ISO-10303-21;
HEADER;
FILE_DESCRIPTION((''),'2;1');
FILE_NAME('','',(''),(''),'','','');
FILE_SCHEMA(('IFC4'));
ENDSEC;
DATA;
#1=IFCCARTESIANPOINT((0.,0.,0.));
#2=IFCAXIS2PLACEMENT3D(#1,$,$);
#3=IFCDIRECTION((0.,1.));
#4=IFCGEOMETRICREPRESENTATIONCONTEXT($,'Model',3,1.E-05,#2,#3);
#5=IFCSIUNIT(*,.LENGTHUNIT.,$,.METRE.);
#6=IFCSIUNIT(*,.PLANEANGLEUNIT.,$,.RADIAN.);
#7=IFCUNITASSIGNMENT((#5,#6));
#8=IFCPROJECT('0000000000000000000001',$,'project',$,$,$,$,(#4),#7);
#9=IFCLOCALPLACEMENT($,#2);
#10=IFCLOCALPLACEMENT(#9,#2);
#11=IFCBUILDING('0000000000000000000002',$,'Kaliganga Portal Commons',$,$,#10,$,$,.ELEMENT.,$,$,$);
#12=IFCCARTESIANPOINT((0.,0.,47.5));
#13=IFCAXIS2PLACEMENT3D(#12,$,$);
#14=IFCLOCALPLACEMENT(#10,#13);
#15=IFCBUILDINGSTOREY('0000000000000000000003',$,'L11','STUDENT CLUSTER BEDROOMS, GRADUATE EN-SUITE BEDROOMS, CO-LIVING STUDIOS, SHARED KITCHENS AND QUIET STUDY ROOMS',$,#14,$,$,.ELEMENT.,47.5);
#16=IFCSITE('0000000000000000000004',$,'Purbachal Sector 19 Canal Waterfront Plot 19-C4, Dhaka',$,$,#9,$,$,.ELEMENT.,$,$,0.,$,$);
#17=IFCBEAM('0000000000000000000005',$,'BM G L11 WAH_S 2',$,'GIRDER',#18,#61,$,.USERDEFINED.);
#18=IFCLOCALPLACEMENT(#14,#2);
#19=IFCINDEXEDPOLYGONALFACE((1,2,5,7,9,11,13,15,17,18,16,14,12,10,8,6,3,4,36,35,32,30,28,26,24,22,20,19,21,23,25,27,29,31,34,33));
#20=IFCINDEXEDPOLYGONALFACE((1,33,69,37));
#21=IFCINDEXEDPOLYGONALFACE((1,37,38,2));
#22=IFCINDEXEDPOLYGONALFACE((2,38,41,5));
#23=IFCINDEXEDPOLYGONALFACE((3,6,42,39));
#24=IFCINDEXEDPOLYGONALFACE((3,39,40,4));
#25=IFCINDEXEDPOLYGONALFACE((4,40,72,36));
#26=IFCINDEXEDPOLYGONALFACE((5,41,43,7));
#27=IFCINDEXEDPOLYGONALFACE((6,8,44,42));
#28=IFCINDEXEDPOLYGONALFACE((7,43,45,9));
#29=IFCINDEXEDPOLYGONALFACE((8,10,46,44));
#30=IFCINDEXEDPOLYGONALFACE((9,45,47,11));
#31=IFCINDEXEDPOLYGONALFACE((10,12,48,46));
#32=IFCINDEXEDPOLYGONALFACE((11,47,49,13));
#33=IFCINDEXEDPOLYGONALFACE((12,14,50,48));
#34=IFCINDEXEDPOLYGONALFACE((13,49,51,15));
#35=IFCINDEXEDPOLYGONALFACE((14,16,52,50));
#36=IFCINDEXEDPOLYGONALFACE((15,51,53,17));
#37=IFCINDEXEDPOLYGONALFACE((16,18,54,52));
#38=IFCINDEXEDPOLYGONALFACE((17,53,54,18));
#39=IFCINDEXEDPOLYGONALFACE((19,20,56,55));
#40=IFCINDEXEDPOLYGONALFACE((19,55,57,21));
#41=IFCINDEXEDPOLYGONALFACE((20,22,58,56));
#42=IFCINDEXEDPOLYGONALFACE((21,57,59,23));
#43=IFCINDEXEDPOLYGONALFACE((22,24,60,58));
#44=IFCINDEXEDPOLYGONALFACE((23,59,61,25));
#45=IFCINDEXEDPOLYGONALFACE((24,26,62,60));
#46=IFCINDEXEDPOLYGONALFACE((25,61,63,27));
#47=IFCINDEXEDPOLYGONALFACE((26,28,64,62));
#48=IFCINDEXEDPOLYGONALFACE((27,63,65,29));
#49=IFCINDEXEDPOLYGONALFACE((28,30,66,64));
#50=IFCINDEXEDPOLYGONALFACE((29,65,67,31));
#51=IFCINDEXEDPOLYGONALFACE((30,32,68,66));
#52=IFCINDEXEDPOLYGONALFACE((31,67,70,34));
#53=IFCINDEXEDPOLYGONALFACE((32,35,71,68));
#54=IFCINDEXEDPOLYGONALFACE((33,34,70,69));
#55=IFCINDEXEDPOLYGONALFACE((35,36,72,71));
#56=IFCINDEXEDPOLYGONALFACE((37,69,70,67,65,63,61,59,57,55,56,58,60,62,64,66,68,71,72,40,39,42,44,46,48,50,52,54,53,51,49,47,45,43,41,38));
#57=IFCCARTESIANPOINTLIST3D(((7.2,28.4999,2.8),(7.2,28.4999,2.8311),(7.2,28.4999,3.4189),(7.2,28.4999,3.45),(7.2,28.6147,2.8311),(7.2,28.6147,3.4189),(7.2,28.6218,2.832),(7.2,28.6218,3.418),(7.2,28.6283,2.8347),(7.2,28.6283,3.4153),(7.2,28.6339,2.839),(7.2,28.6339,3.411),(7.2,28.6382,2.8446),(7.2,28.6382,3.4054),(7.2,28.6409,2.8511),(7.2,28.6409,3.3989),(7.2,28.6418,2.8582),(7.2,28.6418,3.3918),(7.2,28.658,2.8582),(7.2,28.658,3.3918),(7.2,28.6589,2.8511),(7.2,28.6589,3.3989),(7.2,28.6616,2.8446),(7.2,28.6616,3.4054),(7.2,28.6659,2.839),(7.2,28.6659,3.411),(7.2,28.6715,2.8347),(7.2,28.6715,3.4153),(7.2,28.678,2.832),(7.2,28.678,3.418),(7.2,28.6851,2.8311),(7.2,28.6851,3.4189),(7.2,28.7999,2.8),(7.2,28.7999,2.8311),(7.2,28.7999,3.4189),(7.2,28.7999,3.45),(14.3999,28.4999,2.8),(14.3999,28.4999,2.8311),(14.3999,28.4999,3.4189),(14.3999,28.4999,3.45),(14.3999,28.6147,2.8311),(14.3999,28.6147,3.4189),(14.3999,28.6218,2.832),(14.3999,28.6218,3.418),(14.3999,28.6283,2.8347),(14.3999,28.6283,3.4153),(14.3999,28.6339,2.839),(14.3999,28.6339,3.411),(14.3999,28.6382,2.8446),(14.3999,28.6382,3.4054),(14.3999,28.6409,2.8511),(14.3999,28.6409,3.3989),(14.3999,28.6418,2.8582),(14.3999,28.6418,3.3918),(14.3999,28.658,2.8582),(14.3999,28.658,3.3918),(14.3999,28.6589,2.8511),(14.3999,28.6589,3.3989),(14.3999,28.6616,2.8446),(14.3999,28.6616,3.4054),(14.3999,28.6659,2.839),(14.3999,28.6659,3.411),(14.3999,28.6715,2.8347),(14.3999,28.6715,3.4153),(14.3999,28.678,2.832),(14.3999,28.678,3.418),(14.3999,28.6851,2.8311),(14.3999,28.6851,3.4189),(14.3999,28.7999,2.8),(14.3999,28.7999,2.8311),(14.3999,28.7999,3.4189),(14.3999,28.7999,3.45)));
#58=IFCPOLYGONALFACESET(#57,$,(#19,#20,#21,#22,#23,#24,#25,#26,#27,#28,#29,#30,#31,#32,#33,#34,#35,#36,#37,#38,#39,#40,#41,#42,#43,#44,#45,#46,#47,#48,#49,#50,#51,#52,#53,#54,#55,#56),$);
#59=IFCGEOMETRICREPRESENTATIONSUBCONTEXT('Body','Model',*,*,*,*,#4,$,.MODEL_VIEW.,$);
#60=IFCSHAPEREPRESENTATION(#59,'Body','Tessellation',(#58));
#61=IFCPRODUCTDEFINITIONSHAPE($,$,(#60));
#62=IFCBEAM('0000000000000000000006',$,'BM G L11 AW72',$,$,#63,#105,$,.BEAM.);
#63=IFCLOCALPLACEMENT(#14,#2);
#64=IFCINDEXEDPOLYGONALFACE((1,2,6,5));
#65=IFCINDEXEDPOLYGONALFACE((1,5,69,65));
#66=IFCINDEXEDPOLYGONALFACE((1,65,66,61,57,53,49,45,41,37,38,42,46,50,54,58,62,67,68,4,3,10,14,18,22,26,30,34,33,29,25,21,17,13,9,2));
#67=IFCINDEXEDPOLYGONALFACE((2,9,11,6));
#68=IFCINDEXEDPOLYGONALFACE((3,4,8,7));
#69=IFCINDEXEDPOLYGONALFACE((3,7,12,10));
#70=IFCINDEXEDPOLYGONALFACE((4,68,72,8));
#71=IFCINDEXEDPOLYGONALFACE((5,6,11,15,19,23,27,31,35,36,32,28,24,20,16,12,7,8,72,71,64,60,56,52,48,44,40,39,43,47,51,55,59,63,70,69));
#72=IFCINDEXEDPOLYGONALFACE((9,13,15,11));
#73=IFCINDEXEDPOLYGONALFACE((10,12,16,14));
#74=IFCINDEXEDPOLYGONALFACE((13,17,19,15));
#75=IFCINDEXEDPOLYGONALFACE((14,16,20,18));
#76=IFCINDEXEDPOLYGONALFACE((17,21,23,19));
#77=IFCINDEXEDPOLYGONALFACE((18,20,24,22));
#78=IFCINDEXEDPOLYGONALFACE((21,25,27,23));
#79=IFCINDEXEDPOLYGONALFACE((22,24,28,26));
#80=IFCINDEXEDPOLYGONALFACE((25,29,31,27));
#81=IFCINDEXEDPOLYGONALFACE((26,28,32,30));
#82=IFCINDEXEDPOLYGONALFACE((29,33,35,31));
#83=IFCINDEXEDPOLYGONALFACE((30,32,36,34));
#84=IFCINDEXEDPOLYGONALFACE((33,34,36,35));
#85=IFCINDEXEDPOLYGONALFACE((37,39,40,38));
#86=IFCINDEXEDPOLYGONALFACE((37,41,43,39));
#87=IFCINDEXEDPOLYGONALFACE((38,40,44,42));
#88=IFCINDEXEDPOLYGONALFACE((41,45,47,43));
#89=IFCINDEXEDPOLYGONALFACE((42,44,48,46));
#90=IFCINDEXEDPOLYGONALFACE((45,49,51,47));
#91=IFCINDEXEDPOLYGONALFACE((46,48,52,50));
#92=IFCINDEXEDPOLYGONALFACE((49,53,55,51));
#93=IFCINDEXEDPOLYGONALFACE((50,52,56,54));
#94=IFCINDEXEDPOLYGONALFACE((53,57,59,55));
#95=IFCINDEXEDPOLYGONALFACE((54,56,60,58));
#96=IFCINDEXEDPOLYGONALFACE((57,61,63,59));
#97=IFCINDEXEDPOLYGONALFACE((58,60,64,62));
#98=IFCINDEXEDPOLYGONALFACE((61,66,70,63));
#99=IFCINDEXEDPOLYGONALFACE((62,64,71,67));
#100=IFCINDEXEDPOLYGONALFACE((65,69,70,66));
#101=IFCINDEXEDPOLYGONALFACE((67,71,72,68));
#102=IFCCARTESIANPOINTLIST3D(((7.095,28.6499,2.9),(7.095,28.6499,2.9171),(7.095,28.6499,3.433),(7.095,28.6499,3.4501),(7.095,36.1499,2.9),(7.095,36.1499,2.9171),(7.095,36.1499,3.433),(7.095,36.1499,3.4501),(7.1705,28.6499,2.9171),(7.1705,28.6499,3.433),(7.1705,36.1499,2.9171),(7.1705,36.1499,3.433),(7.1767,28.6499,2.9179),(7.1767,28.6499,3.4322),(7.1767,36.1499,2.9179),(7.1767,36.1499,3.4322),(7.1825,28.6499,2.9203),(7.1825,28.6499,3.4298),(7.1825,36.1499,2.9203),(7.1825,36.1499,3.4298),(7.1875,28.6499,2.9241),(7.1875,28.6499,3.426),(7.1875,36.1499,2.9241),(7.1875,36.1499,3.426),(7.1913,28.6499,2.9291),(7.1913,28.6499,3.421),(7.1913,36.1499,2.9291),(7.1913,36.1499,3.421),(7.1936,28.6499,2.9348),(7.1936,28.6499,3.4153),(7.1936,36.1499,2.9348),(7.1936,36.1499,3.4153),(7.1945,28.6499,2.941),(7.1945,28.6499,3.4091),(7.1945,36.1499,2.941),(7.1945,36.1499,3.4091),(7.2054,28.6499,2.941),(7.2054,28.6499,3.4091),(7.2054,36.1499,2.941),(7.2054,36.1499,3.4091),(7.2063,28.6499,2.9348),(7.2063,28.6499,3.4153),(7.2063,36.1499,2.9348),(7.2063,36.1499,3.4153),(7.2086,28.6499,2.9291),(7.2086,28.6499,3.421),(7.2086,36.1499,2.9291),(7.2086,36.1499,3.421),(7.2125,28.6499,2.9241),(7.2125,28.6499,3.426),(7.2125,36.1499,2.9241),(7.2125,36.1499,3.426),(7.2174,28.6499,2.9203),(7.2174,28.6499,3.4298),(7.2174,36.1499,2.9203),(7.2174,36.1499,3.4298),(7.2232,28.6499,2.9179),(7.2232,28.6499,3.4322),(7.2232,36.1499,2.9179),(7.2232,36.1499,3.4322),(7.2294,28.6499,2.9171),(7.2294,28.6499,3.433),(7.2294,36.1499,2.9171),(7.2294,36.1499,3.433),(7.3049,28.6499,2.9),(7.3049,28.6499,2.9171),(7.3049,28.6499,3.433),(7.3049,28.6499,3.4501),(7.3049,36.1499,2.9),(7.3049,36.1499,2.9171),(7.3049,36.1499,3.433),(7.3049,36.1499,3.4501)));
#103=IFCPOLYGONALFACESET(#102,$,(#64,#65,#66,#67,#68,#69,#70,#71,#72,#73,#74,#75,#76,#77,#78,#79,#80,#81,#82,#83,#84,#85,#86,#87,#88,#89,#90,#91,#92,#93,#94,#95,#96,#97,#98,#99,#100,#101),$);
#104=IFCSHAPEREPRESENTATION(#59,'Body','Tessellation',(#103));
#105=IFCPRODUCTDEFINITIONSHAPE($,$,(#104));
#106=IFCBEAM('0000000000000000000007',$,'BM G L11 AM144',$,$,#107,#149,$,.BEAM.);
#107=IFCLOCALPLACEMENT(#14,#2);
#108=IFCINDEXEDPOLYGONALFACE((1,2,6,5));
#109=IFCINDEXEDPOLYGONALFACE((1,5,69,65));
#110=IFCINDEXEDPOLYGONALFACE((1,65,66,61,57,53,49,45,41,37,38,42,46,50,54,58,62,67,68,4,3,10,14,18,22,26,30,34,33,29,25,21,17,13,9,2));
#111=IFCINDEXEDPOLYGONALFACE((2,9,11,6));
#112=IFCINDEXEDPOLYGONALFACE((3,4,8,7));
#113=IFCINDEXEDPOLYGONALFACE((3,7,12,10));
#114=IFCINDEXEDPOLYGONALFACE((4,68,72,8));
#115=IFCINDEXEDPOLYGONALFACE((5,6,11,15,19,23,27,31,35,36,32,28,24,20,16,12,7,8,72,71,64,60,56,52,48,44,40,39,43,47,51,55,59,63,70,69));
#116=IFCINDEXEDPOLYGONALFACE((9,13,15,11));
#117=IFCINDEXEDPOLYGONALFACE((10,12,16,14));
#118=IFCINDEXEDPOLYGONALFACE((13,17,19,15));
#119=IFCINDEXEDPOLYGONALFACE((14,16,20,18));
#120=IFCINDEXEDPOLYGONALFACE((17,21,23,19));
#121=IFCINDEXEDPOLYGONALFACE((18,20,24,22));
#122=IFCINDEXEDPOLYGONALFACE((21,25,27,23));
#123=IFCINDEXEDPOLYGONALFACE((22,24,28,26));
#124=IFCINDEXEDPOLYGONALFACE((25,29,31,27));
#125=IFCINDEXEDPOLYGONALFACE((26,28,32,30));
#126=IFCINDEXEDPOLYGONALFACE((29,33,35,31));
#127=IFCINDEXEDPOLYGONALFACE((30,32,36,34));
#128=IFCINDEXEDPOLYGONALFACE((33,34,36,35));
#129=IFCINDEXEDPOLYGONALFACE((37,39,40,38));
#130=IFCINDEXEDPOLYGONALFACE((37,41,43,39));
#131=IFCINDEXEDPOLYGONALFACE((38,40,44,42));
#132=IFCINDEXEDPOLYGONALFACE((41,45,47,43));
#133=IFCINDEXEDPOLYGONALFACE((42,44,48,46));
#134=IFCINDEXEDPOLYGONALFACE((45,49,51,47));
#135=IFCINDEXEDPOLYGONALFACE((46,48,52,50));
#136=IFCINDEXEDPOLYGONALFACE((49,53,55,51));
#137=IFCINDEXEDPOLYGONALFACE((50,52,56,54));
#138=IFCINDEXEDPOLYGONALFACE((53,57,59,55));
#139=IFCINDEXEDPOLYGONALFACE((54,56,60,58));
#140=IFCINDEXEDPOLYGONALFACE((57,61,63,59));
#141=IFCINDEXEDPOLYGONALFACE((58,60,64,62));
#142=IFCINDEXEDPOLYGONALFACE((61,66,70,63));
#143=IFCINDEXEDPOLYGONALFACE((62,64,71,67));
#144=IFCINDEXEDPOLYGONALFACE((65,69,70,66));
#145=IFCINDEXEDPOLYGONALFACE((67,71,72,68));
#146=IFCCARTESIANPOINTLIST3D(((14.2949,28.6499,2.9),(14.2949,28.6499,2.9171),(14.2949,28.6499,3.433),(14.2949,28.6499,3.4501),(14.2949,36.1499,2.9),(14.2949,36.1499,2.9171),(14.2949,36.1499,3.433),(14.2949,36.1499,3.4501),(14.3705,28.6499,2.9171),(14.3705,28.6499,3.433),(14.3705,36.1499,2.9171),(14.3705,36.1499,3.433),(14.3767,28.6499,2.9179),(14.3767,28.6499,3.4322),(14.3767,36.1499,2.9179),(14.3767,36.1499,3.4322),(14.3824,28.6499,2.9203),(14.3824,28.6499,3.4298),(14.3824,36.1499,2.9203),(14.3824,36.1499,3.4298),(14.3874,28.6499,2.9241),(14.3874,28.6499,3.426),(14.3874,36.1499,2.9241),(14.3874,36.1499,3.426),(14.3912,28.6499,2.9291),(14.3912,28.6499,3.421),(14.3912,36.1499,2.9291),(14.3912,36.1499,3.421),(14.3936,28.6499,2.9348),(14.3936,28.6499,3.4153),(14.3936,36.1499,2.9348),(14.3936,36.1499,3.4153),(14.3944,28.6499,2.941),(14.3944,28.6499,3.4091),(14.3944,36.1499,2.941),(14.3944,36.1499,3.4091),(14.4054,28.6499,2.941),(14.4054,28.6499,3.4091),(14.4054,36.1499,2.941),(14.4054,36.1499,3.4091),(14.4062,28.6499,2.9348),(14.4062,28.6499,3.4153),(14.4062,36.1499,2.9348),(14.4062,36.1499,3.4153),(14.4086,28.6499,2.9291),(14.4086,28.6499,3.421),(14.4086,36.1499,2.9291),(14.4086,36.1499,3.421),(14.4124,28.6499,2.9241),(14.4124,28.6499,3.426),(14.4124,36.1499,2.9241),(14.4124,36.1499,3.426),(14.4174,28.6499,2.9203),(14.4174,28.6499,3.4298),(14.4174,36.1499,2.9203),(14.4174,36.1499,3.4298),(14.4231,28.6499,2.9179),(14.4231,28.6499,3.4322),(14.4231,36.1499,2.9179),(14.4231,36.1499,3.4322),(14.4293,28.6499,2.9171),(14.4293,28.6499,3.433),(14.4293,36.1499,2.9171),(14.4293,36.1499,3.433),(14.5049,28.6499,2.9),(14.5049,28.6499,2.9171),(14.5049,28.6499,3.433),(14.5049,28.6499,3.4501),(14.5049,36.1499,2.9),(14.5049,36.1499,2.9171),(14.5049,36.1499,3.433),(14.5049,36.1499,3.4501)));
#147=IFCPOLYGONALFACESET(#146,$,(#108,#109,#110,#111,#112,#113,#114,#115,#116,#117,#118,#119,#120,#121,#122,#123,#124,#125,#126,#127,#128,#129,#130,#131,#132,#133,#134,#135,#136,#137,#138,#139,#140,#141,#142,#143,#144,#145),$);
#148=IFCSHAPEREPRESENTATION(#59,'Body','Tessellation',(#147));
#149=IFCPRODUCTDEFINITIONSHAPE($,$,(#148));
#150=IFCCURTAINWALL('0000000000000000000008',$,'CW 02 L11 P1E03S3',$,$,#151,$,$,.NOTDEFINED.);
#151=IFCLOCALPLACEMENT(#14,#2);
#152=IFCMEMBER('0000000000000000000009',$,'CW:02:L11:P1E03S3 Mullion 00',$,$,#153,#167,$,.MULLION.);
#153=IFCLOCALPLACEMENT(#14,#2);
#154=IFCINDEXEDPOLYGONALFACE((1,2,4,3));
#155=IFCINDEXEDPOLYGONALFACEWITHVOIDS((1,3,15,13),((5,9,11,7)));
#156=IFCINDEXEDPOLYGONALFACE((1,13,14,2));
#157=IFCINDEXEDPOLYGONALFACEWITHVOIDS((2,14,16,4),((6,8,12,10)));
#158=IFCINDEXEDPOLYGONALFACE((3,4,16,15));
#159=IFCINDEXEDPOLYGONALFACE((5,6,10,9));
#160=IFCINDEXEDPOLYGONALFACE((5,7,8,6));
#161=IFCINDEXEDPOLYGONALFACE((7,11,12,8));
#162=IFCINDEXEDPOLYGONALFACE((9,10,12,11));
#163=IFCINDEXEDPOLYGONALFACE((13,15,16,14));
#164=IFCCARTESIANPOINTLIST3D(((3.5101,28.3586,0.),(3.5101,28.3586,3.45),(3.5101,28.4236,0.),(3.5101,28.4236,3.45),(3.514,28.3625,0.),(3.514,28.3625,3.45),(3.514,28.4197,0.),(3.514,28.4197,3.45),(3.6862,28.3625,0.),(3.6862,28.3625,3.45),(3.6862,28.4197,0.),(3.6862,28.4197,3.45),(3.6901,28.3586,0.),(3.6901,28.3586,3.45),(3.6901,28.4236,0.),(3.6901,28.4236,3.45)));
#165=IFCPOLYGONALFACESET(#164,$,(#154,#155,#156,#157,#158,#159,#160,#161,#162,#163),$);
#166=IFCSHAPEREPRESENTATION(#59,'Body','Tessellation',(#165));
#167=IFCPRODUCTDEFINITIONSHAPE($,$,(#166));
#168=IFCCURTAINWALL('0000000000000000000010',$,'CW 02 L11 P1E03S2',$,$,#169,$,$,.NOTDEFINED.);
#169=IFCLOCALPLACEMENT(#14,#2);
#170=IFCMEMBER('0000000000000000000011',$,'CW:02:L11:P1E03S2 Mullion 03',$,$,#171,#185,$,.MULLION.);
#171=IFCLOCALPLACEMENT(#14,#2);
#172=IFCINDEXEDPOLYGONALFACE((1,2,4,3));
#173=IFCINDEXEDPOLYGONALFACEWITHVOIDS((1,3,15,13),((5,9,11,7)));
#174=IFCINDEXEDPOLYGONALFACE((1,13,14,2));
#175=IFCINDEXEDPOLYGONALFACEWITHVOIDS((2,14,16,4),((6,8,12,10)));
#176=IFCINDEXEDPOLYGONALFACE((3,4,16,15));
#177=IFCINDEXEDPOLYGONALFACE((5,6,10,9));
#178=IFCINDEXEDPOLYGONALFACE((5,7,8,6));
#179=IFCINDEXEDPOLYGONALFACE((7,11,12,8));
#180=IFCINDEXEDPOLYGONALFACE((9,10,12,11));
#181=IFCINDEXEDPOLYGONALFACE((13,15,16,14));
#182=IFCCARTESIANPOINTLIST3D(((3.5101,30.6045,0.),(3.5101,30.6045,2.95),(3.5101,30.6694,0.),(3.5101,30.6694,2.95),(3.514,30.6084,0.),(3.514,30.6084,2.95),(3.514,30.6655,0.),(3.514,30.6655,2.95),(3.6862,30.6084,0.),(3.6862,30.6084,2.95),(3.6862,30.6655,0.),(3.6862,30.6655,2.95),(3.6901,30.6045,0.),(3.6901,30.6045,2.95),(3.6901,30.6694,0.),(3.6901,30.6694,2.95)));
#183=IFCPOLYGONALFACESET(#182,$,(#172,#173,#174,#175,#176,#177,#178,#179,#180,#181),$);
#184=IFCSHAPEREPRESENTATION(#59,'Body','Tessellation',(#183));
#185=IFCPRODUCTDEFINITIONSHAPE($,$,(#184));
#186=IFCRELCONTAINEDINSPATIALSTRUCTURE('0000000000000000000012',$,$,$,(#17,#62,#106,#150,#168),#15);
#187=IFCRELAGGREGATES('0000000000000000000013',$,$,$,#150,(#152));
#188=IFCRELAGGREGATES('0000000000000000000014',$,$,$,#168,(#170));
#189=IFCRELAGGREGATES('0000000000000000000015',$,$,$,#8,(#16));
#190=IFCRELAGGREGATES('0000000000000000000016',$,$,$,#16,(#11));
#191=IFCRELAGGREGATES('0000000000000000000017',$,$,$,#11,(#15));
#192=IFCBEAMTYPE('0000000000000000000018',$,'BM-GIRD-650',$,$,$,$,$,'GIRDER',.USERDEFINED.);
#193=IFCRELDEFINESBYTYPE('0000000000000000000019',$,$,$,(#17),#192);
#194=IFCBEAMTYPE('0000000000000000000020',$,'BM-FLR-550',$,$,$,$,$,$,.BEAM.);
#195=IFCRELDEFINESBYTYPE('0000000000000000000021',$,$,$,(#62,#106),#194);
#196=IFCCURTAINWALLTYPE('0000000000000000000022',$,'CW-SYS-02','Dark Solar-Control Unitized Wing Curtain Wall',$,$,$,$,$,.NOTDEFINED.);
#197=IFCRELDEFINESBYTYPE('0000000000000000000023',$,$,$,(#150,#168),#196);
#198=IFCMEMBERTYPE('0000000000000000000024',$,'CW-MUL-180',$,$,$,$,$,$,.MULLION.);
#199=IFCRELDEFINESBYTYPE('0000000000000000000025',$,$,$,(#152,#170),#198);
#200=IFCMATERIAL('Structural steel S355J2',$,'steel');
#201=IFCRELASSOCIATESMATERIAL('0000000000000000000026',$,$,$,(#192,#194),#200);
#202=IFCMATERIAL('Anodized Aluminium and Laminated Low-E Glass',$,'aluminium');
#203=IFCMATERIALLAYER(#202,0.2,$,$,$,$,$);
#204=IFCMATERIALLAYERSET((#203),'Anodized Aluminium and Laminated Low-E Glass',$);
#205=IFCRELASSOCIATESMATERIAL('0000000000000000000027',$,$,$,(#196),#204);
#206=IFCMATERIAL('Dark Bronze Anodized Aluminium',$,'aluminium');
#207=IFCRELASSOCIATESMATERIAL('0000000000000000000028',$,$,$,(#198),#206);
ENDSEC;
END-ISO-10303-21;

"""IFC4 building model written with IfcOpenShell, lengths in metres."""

from ifc_helpers import new_model, si_unit, direction, frame, origin, origin_2d, place, context, subcontext, project, spatial, hollow_rectangle, i_section, extrude, source, transform, mapped, material, layer, layer_set, material_profile, profile_set, type_object, element, aggregate, save


model = new_model("IFC4")

# Units and contexts
model_context = context("Model", 3, precision=1e-05, world=origin(), true_north=direction((0.0, 1.0)))
body_context = subcontext(model_context, "Body", "Model", "MODEL_VIEW")
ifc_project = project(units=[si_unit("LENGTHUNIT", "METRE"), si_unit("PLANEANGLEUNIT", "RADIAN")], contexts=[model_context])

# Site, building, storey
site_placement = place(None, origin())
site = spatial("IfcSite", under=ifc_project, at=site_placement, Name="Purbachal Sector 19 Canal Waterfront Plot 19-C4, Dhaka", CompositionType="ELEMENT", RefElevation=0.0)
building_placement = place(site_placement, origin())
building = spatial("IfcBuilding", under=site, at=building_placement, Name="Kaliganga Portal Commons", CompositionType="ELEMENT")
storey_placement = place(building_placement, frame((0.0, 0.0, 47.5)))
storey = spatial("IfcBuildingStorey", under=building, at=storey_placement, Name="L11", Description="STUDENT CLUSTER BEDROOMS, GRADUATE EN-SUITE BEDROOMS, CO-LIVING STUDIOS, SHARED KITCHENS AND QUIET STUDY ROOMS", CompositionType="ELEMENT", Elevation=47.5)

# Beams
ifc_material_1 = material(Name="Structural steel S355J2", Category="steel")
ifc_material_profile_1 = material_profile(ifc_material_1, i_section(OverallWidth=0.3, OverallDepth=0.6499, WebThickness=0.0161, FlangeThickness=0.031, FilletRadius=0.0271, at=origin_2d()), Name="HE 650 B")
ifc_profile_set_1 = profile_set([ifc_material_profile_1], Name="Structural steel S355J2 wide-flange")
beam_type_1 = type_object("IfcBeamType", Name="BM-GIRD-650", ElementType="GIRDER", PredefinedType="USERDEFINED", material=ifc_profile_set_1)
shared_shape_1 = source(origin(), body_context, "Body", "SweptSolid", [
    extrude(i_section(OverallWidth=0.3, OverallDepth=0.6499, WebThickness=0.0161, FlangeThickness=0.031, FilletRadius=0.0271, at=origin_2d()), origin(), (0.0, 0.0, 1.0), 7.2),
])
beam_1_placement = place(storey_placement, frame((7.2, 28.6499, 3.125), z_axis=(1.0, 0.0, 0.0), x_axis=(0.0, 1.0, 0.0)))
element("IfcBeam", 1, at=beam_1_placement, inside=storey, type_object=beam_type_1, Name="BM G L11 WAH_S 2", ObjectType="GIRDER", PredefinedType="USERDEFINED", context=body_context, shape_type="MappedRepresentation", body=[
    mapped(shared_shape_1, transform((0.0, 0.0, 0.0), x_axis=(1.0, 0.0, 0.0), y_axis=(0.0, 1.0, 0.0), z_axis=(0.0, 0.0, 1.0), scale=1.0)),
])
ifc_material_profile_2 = material_profile(ifc_material_1, i_section(OverallWidth=0.21, OverallDepth=0.55, WebThickness=0.011, FlangeThickness=0.0171, FilletRadius=0.0239, at=origin_2d()), Name="IPE 550")
ifc_profile_set_2 = profile_set([ifc_material_profile_2], Name="Structural steel S355J2 wide-flange")
beam_type_2 = type_object("IfcBeamType", Name="BM-FLR-550", PredefinedType="BEAM", material=ifc_profile_set_2)
shared_shape_2 = source(origin(), body_context, "Body", "SweptSolid", [
    extrude(i_section(OverallWidth=0.21, OverallDepth=0.55, WebThickness=0.011, FlangeThickness=0.0171, FilletRadius=0.0239, at=origin_2d()), origin(), (0.0, 0.0, 1.0), 7.5),
])
for number, where, z_axis, x_axis, name in (
    (2, (7.2, 28.6499, 3.175), (0.0, 1.0, 0.0), (-1.0, 0.0, 0.0), "BM G L11 AW72"),
    (3, (14.3999, 28.6499, 3.175), (0.0, 1.0, 0.0), (-1.0, 0.0, 0.0), "BM G L11 AM144"),
):
    element("IfcBeam", number, at=place(storey_placement, frame(where, z_axis=z_axis, x_axis=x_axis)), inside=storey, type_object=beam_type_2, Name=name, PredefinedType="BEAM", context=body_context, shape_type="MappedRepresentation", body=[
        mapped(shared_shape_2, transform((0.0, 0.0, 0.0), x_axis=(1.0, 0.0, 0.0), y_axis=(0.0, 1.0, 0.0), z_axis=(0.0, 0.0, 1.0), scale=1.0)),
    ])

# Curtain wall, member
ifc_material_2 = material(Name="Anodized Aluminium and Laminated Low-E Glass", Category="aluminium")
ifc_layer_1 = layer(ifc_material_2, 0.2)
ifc_layer_set_1 = layer_set([ifc_layer_1], Name="Anodized Aluminium and Laminated Low-E Glass")
curtain_wall_type = type_object("IfcCurtainWallType", Name="CW-SYS-02", Description="Dark Solar-Control Unitized Wing Curtain Wall", PredefinedType="NOTDEFINED", material=ifc_layer_set_1)
curtain_wall_1_placement = place(storey_placement, origin())
curtain_wall_1 = element("IfcCurtainWall", 4, at=curtain_wall_1_placement, inside=storey, type_object=curtain_wall_type, Name="CW 02 L11 P1E03S3", PredefinedType="NOTDEFINED")
ifc_material_3 = material(Name="Dark Bronze Anodized Aluminium", Category="aluminium")
ifc_material_profile_3 = material_profile(ifc_material_3, hollow_rectangle(XDim=0.0649, YDim=0.1799, WallThickness=0.0039, at=origin_2d()), Name="ALU MULL 65x180x4")
ifc_profile_set_3 = profile_set([ifc_material_profile_3], Name="Dark Bronze Anodized Aluminium")
member_type_1 = type_object("IfcMemberType", Name="CW-MUL-180", PredefinedType="MULLION", material=ifc_profile_set_3)
shared_shape_3 = source(origin(), body_context, "Body", "SweptSolid", [
    extrude(hollow_rectangle(XDim=0.0649, YDim=0.1799, WallThickness=0.0039, at=origin_2d()), origin(), (0.0, 0.0, 1.0), 3.45),
])
member_1_placement = place(storey_placement, frame((3.6001, 28.3911, 0.0), z_axis=(0.0, 0.0, 1.0), x_axis=(0.0, -1.0, 0.0)))
member_1 = element("IfcMember", 5, at=member_1_placement, type_object=member_type_1, Name="CW:02:L11:P1E03S3 Mullion 00", PredefinedType="MULLION", context=body_context, shape_type="MappedRepresentation", body=[
    mapped(shared_shape_3, transform((0.0, 0.0, 0.0), x_axis=(1.0, 0.0, 0.0), y_axis=(0.0, 1.0, 0.0), z_axis=(0.0, 0.0, 1.0), scale=1.0)),
])

# Curtain wall, member
curtain_wall_2_placement = place(storey_placement, origin())
curtain_wall_2 = element("IfcCurtainWall", 6, at=curtain_wall_2_placement, inside=storey, type_object=curtain_wall_type, Name="CW 02 L11 P1E03S2", PredefinedType="NOTDEFINED")
shared_shape_4 = source(origin(), body_context, "Body", "SweptSolid", [
    extrude(hollow_rectangle(XDim=0.0649, YDim=0.1799, WallThickness=0.0039, at=origin_2d()), origin(), (0.0, 0.0, 1.0), 2.95),
])
member_2_placement = place(storey_placement, frame((3.6001, 30.637, 0.0), z_axis=(0.0, 0.0, 1.0), x_axis=(0.0, -1.0, 0.0)))
member_2 = element("IfcMember", 7, at=member_2_placement, type_object=member_type_1, Name="CW:02:L11:P1E03S2 Mullion 03", PredefinedType="MULLION", context=body_context, shape_type="MappedRepresentation", body=[
    mapped(shared_shape_4, transform((0.0, 0.0, 0.0), x_axis=(1.0, 0.0, 0.0), y_axis=(0.0, 1.0, 0.0), z_axis=(0.0, 0.0, 1.0), scale=1.0)),
])

aggregate(curtain_wall_1, [member_1])

aggregate(curtain_wall_2, [member_2])

save(model, "model.ifc")
